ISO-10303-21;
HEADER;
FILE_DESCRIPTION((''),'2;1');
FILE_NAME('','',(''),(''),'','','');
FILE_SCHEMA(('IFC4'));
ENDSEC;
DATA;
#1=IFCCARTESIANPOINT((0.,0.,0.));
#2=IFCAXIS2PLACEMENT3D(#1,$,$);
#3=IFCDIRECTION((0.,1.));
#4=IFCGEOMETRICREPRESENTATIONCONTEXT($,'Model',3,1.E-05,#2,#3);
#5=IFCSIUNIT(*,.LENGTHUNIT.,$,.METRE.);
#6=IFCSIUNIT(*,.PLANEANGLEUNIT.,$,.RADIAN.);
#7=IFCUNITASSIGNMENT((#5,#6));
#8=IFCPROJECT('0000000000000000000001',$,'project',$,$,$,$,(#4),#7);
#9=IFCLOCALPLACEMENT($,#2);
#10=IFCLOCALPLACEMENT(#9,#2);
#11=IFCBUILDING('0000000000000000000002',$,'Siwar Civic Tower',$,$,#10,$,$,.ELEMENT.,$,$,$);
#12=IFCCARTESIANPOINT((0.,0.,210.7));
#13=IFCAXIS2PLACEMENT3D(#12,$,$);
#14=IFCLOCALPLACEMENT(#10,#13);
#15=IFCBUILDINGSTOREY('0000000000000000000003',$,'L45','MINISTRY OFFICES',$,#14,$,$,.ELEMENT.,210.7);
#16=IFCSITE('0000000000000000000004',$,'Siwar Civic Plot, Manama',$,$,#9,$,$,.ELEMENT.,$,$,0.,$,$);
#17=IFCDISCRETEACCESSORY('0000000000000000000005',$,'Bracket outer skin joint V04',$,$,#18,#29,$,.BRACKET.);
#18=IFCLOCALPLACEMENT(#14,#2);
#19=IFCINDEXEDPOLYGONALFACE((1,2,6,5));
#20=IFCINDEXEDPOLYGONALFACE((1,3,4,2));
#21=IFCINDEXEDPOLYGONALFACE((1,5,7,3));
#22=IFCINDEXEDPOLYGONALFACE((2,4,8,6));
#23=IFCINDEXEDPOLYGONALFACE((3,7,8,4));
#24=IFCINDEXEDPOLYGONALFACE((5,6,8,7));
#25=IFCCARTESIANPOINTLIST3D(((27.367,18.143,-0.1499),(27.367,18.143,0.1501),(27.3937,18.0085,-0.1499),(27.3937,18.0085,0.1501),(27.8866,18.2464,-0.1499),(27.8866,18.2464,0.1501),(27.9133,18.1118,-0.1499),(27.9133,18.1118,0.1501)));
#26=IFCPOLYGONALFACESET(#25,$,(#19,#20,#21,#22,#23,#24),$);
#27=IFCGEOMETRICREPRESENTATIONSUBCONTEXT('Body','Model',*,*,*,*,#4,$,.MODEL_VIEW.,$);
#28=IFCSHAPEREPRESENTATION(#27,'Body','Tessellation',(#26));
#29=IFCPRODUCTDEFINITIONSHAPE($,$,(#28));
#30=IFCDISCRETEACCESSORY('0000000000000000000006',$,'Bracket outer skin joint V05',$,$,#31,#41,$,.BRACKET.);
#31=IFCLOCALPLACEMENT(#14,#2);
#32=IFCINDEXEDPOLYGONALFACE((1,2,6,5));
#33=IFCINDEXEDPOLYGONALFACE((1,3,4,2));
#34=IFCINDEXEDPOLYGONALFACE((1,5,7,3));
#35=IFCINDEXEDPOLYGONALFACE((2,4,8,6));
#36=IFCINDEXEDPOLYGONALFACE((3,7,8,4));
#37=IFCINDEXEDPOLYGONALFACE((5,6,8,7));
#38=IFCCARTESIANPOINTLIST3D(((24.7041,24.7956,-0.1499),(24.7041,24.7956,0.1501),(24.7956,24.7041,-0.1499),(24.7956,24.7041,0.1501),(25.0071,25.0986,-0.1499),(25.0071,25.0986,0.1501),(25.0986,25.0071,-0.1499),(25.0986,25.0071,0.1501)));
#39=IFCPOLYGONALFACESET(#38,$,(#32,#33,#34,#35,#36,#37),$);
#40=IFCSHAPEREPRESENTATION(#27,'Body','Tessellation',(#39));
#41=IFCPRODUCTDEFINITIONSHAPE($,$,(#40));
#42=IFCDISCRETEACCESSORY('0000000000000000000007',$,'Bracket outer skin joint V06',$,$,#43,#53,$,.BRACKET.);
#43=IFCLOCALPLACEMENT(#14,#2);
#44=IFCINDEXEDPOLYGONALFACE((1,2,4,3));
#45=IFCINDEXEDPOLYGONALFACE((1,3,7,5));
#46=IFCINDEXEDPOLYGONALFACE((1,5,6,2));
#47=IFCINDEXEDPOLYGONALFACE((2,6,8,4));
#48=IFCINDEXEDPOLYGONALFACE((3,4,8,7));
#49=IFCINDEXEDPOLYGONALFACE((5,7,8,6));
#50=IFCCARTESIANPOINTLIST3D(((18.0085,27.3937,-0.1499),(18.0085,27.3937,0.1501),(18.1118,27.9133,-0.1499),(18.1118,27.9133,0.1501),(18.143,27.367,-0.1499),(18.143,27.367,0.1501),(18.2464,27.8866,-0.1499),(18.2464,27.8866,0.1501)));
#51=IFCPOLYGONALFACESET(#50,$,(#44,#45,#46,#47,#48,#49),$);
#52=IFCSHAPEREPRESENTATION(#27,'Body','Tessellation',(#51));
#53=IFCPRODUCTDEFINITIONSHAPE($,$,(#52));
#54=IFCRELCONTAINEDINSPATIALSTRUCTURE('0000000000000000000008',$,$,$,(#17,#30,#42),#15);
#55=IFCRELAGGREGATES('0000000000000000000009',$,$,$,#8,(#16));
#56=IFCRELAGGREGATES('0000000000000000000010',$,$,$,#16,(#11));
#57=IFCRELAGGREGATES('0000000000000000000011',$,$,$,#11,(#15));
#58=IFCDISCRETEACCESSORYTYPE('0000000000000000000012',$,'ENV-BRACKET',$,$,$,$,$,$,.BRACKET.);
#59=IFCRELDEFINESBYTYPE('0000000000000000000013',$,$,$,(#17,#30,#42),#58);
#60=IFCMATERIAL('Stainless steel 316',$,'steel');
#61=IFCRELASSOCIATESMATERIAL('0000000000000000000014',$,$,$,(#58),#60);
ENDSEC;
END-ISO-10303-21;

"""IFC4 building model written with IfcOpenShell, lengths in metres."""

from ifc_helpers import new_model, si_unit, direction, frame, origin, origin_2d, place, context, subcontext, project, spatial, rectangle, extrude, material, type_object, element, save


model = new_model("IFC4")

# Units and contexts
model_context = context("Model", 3, precision=1e-05, world=origin(), true_north=direction((0.0, 1.0)))
body_context = subcontext(model_context, "Body", "Model", "MODEL_VIEW")
ifc_project = project(units=[si_unit("LENGTHUNIT", "METRE"), si_unit("PLANEANGLEUNIT", "RADIAN")], contexts=[model_context])

# Site, building, storey
site_placement = place(None, origin())
site = spatial("IfcSite", under=ifc_project, at=site_placement, Name="Siwar Civic Plot, Manama", CompositionType="ELEMENT", RefElevation=0.0)
building_placement = place(site_placement, origin())
building = spatial("IfcBuilding", under=site, at=building_placement, Name="Siwar Civic Tower", CompositionType="ELEMENT")
storey_placement = place(building_placement, frame((0.0, 0.0, 210.7)))
storey = spatial("IfcBuildingStorey", under=building, at=storey_placement, Name="L45", Description="MINISTRY OFFICES", CompositionType="ELEMENT", Elevation=210.7)

# Discrete accessories
ifc_material_1 = material(Name="Stainless steel 316", Category="steel")
discrete_accessory_type = type_object("IfcDiscreteAccessoryType", Name="ENV-BRACKET", PredefinedType="BRACKET", material=ifc_material_1)
discrete_accessory_1_placement = place(storey_placement, frame((27.6401, 18.1274, -0.1499), z_axis=(0.0, 0.0, 1.0), x_axis=(0.980785, 0.19509, 0.0)))
element("IfcDiscreteAccessory", 1, at=discrete_accessory_1_placement, inside=storey, type_object=discrete_accessory_type, Name="Bracket outer skin joint V04", PredefinedType="BRACKET", context=body_context, shape_type="SweptSolid", body=[
    extrude(rectangle(XDim=0.5298, YDim=0.1372, at=origin_2d()), origin(), (0.0, 0.0, 1.0), 0.3),
])
discrete_accessory_2_placement = place(storey_placement, frame((24.9014, 24.9014, -0.1499), z_axis=(0.0, 0.0, 1.0), x_axis=(0.707107, 0.707107, 0.0)))
element("IfcDiscreteAccessory", 2, at=discrete_accessory_2_placement, inside=storey, type_object=discrete_accessory_type, Name="Bracket outer skin joint V05", PredefinedType="BRACKET", context=body_context, shape_type="SweptSolid", body=[
    extrude(rectangle(XDim=0.4285, YDim=0.1294, at=origin_2d()), origin(), (0.0, 0.0, 1.0), 0.3),
])
discrete_accessory_3_placement = place(storey_placement, frame((18.1274, 27.6401, -0.1499), z_axis=(0.0, 0.0, 1.0), x_axis=(0.19509, 0.980785, 0.0)))
element("IfcDiscreteAccessory", 3, at=discrete_accessory_3_placement, inside=storey, type_object=discrete_accessory_type, Name="Bracket outer skin joint V06", PredefinedType="BRACKET", context=body_context, shape_type="SweptSolid", body=[
    extrude(rectangle(XDim=0.5298, YDim=0.1372, at=origin_2d()), origin(), (0.0, 0.0, 1.0), 0.3),
])

save(model, "model.ifc")
